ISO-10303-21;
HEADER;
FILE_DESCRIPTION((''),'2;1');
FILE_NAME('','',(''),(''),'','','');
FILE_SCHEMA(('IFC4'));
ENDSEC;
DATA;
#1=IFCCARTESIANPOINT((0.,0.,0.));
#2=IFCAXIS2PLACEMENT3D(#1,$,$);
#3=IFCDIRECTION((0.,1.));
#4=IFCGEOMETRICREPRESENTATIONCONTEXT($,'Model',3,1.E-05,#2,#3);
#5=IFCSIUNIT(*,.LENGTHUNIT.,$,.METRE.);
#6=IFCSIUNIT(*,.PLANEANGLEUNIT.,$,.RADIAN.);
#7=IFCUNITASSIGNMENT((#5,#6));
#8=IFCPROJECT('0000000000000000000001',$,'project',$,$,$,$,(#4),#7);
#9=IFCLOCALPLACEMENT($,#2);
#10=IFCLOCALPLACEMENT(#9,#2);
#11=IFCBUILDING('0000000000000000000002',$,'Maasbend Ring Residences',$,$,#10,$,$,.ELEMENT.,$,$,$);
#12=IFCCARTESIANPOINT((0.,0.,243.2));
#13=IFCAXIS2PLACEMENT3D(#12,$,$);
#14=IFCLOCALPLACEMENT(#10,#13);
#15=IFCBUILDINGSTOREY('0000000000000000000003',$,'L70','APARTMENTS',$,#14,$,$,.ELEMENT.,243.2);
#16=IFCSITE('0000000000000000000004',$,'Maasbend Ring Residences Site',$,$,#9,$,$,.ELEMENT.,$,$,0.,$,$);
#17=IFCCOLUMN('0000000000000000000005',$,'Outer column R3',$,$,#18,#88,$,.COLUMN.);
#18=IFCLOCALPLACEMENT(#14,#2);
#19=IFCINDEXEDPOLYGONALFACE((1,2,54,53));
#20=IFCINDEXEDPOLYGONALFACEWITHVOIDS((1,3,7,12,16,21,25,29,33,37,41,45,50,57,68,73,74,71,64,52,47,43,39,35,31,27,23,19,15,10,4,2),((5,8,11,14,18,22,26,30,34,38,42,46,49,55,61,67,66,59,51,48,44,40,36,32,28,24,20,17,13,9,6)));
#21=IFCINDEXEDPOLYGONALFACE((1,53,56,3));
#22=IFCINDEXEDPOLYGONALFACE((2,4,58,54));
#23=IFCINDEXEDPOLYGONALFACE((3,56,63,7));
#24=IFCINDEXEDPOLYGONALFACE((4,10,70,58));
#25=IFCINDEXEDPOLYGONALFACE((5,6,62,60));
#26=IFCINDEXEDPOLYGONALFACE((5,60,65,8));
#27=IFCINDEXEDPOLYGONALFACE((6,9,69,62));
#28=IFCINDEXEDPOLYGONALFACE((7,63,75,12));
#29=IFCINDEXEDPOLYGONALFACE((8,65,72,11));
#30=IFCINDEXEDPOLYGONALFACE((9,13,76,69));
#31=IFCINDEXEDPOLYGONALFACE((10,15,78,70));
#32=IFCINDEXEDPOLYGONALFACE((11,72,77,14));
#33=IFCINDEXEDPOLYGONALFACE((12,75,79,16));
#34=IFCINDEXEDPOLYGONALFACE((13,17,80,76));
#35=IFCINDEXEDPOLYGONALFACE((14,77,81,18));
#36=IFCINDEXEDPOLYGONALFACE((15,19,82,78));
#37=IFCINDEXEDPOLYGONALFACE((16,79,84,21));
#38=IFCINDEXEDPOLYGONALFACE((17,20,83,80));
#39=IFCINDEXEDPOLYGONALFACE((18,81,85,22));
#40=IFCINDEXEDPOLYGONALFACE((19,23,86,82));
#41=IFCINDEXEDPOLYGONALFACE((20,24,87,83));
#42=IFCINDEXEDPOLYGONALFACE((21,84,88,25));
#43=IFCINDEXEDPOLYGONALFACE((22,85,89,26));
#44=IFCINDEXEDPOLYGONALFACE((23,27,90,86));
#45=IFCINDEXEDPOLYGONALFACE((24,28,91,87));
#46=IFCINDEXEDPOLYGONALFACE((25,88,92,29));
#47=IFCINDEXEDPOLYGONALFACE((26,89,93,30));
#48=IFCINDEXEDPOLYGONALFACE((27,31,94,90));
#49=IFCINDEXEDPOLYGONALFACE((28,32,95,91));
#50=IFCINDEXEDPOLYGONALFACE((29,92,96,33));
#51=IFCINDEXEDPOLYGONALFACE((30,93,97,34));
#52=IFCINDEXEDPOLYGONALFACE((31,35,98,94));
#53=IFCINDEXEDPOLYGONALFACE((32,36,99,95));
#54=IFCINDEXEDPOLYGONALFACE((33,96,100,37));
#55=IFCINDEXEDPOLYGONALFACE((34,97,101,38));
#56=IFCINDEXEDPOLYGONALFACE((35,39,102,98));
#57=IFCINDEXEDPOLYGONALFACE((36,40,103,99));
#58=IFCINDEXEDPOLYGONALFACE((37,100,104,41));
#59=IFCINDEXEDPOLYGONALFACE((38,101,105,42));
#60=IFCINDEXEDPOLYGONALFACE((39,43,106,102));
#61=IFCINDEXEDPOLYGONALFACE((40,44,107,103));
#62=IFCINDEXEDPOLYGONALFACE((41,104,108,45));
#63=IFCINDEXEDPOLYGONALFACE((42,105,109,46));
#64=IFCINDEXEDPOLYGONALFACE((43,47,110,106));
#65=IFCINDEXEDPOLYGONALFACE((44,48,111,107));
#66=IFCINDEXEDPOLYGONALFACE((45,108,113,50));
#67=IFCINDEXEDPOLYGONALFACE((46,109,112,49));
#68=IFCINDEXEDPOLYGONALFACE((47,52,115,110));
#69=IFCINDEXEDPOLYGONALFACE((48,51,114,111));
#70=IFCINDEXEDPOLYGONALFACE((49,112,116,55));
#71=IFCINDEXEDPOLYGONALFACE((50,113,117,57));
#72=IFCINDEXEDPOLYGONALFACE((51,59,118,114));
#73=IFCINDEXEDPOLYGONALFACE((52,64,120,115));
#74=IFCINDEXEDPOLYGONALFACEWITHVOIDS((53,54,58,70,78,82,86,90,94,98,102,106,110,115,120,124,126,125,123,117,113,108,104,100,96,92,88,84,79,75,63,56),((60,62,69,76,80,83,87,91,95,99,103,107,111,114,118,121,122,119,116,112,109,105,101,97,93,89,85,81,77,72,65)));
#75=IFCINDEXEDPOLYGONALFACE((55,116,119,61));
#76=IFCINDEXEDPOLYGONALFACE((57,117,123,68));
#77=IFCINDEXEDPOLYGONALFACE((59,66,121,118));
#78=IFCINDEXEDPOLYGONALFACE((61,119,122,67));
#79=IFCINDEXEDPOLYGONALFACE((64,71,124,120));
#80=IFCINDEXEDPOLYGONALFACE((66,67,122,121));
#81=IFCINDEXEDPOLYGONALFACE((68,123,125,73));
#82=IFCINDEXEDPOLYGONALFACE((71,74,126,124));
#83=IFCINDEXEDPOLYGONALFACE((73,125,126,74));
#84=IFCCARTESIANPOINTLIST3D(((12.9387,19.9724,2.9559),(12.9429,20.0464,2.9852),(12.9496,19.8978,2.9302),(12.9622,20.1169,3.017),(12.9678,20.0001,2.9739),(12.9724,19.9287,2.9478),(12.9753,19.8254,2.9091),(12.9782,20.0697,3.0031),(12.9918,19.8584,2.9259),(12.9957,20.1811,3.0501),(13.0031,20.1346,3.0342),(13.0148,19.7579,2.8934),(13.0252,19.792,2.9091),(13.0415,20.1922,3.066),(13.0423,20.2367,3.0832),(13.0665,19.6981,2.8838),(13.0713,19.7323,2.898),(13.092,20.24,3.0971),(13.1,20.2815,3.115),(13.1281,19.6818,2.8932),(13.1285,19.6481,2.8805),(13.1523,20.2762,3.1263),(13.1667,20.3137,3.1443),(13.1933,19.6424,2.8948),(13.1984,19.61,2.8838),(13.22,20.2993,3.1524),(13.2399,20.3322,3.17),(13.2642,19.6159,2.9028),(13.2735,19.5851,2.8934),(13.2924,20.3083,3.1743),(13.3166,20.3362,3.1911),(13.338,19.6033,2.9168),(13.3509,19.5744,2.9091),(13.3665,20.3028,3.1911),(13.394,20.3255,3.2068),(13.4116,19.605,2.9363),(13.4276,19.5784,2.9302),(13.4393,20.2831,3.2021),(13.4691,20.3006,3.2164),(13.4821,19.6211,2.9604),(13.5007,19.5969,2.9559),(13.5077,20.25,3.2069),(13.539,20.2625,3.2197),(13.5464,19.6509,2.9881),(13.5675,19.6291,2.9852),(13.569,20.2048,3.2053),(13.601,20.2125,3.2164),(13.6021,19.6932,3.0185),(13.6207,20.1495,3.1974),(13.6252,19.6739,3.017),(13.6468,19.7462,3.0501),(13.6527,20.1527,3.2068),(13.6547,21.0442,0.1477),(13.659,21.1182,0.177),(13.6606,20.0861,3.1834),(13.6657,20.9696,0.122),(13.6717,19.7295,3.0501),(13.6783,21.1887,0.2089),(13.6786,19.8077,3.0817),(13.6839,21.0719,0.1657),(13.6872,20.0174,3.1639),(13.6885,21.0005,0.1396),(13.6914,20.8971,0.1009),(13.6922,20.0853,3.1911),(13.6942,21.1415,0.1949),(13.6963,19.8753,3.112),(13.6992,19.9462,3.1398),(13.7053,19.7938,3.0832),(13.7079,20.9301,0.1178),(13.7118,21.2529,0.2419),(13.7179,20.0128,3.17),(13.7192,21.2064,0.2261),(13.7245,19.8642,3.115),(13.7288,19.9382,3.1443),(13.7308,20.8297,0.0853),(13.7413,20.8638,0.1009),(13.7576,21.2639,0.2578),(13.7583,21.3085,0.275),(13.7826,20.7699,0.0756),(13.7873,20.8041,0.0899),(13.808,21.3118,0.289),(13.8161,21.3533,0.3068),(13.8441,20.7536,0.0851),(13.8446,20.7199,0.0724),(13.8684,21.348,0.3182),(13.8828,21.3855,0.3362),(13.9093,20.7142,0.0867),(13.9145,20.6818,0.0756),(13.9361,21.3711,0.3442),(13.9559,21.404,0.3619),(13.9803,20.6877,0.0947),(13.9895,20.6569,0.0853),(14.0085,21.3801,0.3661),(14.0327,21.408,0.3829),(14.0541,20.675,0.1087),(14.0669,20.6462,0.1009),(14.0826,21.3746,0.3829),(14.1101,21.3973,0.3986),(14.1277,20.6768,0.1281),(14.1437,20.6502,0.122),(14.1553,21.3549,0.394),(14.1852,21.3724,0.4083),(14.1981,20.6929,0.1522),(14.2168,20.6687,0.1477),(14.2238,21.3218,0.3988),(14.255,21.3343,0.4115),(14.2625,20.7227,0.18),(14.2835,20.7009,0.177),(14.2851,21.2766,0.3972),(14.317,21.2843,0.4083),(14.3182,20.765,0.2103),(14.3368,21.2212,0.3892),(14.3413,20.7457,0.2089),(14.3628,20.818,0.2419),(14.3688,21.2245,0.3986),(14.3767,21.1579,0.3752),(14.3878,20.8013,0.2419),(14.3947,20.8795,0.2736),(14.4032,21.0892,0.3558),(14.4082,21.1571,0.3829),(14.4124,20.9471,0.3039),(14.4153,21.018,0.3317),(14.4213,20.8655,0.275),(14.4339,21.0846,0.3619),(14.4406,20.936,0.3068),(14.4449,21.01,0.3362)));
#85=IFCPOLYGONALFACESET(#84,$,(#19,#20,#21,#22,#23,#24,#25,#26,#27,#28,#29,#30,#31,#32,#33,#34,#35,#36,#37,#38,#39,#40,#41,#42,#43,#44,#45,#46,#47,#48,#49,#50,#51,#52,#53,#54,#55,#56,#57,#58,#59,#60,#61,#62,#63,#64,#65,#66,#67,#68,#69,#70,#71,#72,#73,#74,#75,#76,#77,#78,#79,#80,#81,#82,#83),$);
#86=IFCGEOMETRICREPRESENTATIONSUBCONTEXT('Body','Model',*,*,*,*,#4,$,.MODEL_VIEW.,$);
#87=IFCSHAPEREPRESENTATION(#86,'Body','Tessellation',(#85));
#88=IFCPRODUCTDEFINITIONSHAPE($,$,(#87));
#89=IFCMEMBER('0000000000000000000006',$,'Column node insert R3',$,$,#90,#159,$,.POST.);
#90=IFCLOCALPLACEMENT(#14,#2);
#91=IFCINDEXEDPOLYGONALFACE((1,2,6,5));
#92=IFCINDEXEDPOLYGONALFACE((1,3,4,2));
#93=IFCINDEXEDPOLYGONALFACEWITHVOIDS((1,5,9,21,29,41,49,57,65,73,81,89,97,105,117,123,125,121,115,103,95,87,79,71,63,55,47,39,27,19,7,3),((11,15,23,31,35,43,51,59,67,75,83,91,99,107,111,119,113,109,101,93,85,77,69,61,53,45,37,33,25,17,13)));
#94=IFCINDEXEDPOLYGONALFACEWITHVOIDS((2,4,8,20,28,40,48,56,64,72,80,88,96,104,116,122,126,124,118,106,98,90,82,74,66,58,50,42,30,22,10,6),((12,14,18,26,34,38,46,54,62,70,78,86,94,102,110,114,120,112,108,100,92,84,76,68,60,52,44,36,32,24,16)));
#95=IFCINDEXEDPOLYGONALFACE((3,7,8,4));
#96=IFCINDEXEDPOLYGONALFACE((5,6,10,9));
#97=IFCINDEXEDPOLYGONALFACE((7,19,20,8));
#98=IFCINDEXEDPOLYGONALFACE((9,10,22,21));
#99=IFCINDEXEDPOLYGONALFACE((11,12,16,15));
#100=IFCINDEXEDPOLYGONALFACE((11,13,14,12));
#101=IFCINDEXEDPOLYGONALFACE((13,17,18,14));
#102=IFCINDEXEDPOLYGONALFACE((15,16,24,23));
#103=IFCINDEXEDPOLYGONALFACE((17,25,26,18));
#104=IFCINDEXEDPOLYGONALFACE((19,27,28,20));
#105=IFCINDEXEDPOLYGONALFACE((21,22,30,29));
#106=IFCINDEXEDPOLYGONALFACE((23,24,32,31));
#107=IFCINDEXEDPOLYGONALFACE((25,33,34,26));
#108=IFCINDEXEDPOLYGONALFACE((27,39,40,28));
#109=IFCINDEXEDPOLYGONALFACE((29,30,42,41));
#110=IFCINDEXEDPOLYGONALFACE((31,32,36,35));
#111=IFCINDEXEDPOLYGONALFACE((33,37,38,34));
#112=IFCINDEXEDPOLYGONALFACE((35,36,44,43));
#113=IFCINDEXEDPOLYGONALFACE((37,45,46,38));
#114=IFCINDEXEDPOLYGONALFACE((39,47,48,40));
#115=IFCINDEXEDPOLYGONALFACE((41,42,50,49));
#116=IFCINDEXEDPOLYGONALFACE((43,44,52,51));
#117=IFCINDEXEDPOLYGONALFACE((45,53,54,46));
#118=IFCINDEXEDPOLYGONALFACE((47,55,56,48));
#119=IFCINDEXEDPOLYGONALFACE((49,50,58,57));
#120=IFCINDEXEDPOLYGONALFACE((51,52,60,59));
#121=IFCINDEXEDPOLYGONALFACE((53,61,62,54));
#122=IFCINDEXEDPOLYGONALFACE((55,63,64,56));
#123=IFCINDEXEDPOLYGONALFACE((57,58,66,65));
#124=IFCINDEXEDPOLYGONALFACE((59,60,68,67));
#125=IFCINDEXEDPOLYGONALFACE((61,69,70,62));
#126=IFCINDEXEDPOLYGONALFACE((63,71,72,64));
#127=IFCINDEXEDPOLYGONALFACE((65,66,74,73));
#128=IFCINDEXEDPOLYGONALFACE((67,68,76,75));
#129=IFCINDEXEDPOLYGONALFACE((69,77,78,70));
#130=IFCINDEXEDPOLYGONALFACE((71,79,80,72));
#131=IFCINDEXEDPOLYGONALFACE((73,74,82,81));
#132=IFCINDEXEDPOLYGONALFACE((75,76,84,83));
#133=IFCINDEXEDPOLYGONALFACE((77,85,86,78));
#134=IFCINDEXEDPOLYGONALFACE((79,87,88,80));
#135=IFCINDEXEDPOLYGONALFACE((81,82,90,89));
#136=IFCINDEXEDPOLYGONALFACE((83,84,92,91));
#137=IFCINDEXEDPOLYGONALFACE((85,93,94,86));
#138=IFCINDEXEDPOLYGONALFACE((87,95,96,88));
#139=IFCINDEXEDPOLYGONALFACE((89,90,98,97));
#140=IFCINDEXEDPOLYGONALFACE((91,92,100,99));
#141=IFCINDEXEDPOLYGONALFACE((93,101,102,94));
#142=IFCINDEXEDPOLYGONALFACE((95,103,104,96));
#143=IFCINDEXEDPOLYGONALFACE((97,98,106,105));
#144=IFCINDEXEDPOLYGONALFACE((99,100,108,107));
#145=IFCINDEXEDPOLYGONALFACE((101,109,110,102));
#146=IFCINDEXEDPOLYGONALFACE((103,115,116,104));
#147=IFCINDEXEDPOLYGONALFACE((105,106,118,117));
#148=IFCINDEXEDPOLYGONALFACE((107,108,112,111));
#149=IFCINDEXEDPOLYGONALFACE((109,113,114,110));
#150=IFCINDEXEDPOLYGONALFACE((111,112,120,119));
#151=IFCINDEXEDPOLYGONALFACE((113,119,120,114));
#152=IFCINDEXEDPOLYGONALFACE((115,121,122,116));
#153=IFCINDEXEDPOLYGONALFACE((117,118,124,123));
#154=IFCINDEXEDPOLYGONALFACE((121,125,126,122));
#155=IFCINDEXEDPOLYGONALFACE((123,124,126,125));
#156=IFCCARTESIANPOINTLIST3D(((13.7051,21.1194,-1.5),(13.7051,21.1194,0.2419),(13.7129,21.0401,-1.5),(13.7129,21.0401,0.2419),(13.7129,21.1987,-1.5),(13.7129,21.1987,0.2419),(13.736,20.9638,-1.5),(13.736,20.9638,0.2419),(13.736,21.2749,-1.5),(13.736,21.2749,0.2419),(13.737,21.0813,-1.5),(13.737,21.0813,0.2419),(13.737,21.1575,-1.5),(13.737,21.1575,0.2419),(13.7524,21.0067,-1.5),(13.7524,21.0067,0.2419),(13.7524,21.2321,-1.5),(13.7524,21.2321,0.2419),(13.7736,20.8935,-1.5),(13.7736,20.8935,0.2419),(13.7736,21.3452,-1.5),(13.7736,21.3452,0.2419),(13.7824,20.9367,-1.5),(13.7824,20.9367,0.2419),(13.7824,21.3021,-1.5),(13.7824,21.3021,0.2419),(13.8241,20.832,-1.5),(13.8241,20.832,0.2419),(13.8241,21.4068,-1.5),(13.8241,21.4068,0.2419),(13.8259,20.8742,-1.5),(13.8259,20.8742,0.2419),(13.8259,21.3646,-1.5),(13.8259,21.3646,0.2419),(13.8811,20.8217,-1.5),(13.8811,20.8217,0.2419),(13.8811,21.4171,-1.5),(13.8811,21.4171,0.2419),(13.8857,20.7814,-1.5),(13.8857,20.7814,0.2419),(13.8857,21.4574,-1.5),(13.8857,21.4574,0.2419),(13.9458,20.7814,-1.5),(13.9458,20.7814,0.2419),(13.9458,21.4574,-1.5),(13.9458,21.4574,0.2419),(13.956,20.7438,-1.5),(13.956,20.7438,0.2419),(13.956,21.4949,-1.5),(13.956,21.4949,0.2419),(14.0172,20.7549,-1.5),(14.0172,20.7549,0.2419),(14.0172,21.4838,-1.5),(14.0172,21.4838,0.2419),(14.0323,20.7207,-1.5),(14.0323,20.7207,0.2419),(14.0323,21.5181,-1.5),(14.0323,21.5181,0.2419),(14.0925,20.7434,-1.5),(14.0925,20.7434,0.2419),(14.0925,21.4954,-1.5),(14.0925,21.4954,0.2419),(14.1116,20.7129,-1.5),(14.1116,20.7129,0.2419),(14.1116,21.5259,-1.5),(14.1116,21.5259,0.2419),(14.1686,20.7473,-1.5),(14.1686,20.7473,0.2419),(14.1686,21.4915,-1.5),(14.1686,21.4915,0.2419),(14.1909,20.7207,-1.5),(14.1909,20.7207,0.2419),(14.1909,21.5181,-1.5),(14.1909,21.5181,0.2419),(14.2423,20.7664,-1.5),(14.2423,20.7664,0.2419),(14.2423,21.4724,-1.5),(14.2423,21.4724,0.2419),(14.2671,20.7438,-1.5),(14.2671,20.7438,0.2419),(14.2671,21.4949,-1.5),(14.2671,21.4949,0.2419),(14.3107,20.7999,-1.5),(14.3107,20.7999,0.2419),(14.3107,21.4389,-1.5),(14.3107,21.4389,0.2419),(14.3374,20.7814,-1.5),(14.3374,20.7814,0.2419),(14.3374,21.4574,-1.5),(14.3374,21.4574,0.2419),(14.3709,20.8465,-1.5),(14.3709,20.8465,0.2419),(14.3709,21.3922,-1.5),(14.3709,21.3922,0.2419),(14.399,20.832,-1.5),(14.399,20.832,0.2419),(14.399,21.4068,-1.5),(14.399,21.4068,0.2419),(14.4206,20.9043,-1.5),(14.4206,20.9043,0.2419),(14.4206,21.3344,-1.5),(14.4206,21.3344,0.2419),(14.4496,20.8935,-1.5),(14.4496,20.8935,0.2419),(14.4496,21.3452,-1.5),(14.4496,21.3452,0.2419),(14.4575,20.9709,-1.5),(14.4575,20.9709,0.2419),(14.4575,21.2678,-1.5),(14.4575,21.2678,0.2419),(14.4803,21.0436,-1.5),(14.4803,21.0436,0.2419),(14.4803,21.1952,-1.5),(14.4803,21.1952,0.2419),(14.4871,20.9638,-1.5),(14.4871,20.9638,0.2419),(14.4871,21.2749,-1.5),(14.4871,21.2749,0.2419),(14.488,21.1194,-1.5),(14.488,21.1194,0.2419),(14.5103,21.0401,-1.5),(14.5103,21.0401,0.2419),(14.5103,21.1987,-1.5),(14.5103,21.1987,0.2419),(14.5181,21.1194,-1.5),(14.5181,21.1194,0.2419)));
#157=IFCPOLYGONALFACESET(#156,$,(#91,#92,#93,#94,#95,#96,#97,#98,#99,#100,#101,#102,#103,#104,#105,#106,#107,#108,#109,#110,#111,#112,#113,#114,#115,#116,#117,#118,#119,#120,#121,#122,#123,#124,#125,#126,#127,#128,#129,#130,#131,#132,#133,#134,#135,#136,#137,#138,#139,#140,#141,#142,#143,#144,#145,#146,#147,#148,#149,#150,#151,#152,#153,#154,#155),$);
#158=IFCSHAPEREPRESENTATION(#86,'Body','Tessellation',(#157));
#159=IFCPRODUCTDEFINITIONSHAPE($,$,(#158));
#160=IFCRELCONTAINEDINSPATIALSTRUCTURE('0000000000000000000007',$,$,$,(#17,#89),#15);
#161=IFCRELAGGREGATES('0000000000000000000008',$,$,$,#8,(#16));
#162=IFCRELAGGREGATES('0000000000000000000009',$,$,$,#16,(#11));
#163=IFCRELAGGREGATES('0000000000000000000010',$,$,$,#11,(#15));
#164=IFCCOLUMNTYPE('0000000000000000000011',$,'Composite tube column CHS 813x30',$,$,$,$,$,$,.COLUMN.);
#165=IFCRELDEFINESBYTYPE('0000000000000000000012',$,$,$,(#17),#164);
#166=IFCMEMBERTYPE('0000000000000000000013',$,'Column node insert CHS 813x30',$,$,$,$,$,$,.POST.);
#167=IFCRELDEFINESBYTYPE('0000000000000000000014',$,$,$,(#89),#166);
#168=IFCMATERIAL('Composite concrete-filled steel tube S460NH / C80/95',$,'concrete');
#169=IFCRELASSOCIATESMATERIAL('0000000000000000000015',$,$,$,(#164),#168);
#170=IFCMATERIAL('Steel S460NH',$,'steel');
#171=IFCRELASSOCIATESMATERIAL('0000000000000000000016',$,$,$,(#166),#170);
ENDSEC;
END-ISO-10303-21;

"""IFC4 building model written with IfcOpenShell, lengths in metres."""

from ifc_helpers import new_model, si_unit, direction, frame, origin, origin_2d, place, context, subcontext, project, spatial, hollow_circle, extrude, material, material_profile, profile_set, type_object, element, save


model = new_model("IFC4")

# Units and contexts
model_context = context("Model", 3, precision=1e-05, world=origin(), true_north=direction((0.0, 1.0)))
body_context = subcontext(model_context, "Body", "Model", "MODEL_VIEW")
ifc_project = project(units=[si_unit("LENGTHUNIT", "METRE"), si_unit("PLANEANGLEUNIT", "RADIAN")], contexts=[model_context])

# Site, building, storey
site_placement = place(None, origin())
site = spatial("IfcSite", under=ifc_project, at=site_placement, Name="Maasbend Ring Residences Site", CompositionType="ELEMENT", RefElevation=0.0)
building_placement = place(site_placement, origin())
building = spatial("IfcBuilding", under=site, at=building_placement, Name="Maasbend Ring Residences", CompositionType="ELEMENT")
storey_placement = place(building_placement, frame((0.0, 0.0, 243.2)))
storey = spatial("IfcBuildingStorey", under=building, at=storey_placement, Name="L70", Description="APARTMENTS", CompositionType="ELEMENT", Elevation=243.2)

# Column
ifc_material_1 = material(Name="Composite concrete-filled steel tube S460NH / C80/95", Category="concrete")
ifc_material_profile_1 = material_profile(ifc_material_1, hollow_circle(Radius=0.4065, WallThickness=0.03, at=origin_2d()), Name="Composite tube column CHS 813x30")
ifc_profile_set_1 = profile_set([ifc_material_profile_1], Name="Composite concrete-filled steel tube S460NH / C80/95")
column_type = type_object("IfcColumnType", Name="Composite tube column CHS 813x30", PredefinedType="COLUMN", material=ifc_profile_set_1)
column_placement = place(storey_placement, frame((14.0498, 21.0271, 0.2419), z_axis=(-0.23175, -0.346875, 0.908829), x_axis=(0.831496, -0.55553, 0.0)))
element("IfcColumn", 1, at=column_placement, inside=storey, type_object=column_type, Name="Outer column R3", PredefinedType="COLUMN", context=body_context, shape_type="SweptSolid", body=[
    extrude(hollow_circle(Radius=0.4065, WallThickness=0.03, at=origin_2d()), origin(), (0.0, 0.0, 1.0), 3.0898),
])

# Member
ifc_material_2 = material(Name="Steel S460NH", Category="steel")
ifc_material_profile_2 = material_profile(ifc_material_2, hollow_circle(Radius=0.4065, WallThickness=0.03, at=origin_2d()), Name="Column node insert CHS 813x30")
ifc_profile_set_2 = profile_set([ifc_material_profile_2], Name="Steel S460NH")
member_type = type_object("IfcMemberType", Name="Column node insert CHS 813x30", PredefinedType="POST", material=ifc_profile_set_2)
member_placement = place(storey_placement, frame((14.1116, 21.1194, -1.5), z_axis=(0.0, 0.0, 1.0), x_axis=(1.0, 0.0, 0.0)))
element("IfcMember", 2, at=member_placement, inside=storey, type_object=member_type, Name="Column node insert R3", PredefinedType="POST", context=body_context, shape_type="SweptSolid", body=[
    extrude(hollow_circle(Radius=0.4065, WallThickness=0.03, at=origin_2d()), origin(), (0.0, 0.0, 1.0), 1.7419),
])

save(model, "model.ifc")
